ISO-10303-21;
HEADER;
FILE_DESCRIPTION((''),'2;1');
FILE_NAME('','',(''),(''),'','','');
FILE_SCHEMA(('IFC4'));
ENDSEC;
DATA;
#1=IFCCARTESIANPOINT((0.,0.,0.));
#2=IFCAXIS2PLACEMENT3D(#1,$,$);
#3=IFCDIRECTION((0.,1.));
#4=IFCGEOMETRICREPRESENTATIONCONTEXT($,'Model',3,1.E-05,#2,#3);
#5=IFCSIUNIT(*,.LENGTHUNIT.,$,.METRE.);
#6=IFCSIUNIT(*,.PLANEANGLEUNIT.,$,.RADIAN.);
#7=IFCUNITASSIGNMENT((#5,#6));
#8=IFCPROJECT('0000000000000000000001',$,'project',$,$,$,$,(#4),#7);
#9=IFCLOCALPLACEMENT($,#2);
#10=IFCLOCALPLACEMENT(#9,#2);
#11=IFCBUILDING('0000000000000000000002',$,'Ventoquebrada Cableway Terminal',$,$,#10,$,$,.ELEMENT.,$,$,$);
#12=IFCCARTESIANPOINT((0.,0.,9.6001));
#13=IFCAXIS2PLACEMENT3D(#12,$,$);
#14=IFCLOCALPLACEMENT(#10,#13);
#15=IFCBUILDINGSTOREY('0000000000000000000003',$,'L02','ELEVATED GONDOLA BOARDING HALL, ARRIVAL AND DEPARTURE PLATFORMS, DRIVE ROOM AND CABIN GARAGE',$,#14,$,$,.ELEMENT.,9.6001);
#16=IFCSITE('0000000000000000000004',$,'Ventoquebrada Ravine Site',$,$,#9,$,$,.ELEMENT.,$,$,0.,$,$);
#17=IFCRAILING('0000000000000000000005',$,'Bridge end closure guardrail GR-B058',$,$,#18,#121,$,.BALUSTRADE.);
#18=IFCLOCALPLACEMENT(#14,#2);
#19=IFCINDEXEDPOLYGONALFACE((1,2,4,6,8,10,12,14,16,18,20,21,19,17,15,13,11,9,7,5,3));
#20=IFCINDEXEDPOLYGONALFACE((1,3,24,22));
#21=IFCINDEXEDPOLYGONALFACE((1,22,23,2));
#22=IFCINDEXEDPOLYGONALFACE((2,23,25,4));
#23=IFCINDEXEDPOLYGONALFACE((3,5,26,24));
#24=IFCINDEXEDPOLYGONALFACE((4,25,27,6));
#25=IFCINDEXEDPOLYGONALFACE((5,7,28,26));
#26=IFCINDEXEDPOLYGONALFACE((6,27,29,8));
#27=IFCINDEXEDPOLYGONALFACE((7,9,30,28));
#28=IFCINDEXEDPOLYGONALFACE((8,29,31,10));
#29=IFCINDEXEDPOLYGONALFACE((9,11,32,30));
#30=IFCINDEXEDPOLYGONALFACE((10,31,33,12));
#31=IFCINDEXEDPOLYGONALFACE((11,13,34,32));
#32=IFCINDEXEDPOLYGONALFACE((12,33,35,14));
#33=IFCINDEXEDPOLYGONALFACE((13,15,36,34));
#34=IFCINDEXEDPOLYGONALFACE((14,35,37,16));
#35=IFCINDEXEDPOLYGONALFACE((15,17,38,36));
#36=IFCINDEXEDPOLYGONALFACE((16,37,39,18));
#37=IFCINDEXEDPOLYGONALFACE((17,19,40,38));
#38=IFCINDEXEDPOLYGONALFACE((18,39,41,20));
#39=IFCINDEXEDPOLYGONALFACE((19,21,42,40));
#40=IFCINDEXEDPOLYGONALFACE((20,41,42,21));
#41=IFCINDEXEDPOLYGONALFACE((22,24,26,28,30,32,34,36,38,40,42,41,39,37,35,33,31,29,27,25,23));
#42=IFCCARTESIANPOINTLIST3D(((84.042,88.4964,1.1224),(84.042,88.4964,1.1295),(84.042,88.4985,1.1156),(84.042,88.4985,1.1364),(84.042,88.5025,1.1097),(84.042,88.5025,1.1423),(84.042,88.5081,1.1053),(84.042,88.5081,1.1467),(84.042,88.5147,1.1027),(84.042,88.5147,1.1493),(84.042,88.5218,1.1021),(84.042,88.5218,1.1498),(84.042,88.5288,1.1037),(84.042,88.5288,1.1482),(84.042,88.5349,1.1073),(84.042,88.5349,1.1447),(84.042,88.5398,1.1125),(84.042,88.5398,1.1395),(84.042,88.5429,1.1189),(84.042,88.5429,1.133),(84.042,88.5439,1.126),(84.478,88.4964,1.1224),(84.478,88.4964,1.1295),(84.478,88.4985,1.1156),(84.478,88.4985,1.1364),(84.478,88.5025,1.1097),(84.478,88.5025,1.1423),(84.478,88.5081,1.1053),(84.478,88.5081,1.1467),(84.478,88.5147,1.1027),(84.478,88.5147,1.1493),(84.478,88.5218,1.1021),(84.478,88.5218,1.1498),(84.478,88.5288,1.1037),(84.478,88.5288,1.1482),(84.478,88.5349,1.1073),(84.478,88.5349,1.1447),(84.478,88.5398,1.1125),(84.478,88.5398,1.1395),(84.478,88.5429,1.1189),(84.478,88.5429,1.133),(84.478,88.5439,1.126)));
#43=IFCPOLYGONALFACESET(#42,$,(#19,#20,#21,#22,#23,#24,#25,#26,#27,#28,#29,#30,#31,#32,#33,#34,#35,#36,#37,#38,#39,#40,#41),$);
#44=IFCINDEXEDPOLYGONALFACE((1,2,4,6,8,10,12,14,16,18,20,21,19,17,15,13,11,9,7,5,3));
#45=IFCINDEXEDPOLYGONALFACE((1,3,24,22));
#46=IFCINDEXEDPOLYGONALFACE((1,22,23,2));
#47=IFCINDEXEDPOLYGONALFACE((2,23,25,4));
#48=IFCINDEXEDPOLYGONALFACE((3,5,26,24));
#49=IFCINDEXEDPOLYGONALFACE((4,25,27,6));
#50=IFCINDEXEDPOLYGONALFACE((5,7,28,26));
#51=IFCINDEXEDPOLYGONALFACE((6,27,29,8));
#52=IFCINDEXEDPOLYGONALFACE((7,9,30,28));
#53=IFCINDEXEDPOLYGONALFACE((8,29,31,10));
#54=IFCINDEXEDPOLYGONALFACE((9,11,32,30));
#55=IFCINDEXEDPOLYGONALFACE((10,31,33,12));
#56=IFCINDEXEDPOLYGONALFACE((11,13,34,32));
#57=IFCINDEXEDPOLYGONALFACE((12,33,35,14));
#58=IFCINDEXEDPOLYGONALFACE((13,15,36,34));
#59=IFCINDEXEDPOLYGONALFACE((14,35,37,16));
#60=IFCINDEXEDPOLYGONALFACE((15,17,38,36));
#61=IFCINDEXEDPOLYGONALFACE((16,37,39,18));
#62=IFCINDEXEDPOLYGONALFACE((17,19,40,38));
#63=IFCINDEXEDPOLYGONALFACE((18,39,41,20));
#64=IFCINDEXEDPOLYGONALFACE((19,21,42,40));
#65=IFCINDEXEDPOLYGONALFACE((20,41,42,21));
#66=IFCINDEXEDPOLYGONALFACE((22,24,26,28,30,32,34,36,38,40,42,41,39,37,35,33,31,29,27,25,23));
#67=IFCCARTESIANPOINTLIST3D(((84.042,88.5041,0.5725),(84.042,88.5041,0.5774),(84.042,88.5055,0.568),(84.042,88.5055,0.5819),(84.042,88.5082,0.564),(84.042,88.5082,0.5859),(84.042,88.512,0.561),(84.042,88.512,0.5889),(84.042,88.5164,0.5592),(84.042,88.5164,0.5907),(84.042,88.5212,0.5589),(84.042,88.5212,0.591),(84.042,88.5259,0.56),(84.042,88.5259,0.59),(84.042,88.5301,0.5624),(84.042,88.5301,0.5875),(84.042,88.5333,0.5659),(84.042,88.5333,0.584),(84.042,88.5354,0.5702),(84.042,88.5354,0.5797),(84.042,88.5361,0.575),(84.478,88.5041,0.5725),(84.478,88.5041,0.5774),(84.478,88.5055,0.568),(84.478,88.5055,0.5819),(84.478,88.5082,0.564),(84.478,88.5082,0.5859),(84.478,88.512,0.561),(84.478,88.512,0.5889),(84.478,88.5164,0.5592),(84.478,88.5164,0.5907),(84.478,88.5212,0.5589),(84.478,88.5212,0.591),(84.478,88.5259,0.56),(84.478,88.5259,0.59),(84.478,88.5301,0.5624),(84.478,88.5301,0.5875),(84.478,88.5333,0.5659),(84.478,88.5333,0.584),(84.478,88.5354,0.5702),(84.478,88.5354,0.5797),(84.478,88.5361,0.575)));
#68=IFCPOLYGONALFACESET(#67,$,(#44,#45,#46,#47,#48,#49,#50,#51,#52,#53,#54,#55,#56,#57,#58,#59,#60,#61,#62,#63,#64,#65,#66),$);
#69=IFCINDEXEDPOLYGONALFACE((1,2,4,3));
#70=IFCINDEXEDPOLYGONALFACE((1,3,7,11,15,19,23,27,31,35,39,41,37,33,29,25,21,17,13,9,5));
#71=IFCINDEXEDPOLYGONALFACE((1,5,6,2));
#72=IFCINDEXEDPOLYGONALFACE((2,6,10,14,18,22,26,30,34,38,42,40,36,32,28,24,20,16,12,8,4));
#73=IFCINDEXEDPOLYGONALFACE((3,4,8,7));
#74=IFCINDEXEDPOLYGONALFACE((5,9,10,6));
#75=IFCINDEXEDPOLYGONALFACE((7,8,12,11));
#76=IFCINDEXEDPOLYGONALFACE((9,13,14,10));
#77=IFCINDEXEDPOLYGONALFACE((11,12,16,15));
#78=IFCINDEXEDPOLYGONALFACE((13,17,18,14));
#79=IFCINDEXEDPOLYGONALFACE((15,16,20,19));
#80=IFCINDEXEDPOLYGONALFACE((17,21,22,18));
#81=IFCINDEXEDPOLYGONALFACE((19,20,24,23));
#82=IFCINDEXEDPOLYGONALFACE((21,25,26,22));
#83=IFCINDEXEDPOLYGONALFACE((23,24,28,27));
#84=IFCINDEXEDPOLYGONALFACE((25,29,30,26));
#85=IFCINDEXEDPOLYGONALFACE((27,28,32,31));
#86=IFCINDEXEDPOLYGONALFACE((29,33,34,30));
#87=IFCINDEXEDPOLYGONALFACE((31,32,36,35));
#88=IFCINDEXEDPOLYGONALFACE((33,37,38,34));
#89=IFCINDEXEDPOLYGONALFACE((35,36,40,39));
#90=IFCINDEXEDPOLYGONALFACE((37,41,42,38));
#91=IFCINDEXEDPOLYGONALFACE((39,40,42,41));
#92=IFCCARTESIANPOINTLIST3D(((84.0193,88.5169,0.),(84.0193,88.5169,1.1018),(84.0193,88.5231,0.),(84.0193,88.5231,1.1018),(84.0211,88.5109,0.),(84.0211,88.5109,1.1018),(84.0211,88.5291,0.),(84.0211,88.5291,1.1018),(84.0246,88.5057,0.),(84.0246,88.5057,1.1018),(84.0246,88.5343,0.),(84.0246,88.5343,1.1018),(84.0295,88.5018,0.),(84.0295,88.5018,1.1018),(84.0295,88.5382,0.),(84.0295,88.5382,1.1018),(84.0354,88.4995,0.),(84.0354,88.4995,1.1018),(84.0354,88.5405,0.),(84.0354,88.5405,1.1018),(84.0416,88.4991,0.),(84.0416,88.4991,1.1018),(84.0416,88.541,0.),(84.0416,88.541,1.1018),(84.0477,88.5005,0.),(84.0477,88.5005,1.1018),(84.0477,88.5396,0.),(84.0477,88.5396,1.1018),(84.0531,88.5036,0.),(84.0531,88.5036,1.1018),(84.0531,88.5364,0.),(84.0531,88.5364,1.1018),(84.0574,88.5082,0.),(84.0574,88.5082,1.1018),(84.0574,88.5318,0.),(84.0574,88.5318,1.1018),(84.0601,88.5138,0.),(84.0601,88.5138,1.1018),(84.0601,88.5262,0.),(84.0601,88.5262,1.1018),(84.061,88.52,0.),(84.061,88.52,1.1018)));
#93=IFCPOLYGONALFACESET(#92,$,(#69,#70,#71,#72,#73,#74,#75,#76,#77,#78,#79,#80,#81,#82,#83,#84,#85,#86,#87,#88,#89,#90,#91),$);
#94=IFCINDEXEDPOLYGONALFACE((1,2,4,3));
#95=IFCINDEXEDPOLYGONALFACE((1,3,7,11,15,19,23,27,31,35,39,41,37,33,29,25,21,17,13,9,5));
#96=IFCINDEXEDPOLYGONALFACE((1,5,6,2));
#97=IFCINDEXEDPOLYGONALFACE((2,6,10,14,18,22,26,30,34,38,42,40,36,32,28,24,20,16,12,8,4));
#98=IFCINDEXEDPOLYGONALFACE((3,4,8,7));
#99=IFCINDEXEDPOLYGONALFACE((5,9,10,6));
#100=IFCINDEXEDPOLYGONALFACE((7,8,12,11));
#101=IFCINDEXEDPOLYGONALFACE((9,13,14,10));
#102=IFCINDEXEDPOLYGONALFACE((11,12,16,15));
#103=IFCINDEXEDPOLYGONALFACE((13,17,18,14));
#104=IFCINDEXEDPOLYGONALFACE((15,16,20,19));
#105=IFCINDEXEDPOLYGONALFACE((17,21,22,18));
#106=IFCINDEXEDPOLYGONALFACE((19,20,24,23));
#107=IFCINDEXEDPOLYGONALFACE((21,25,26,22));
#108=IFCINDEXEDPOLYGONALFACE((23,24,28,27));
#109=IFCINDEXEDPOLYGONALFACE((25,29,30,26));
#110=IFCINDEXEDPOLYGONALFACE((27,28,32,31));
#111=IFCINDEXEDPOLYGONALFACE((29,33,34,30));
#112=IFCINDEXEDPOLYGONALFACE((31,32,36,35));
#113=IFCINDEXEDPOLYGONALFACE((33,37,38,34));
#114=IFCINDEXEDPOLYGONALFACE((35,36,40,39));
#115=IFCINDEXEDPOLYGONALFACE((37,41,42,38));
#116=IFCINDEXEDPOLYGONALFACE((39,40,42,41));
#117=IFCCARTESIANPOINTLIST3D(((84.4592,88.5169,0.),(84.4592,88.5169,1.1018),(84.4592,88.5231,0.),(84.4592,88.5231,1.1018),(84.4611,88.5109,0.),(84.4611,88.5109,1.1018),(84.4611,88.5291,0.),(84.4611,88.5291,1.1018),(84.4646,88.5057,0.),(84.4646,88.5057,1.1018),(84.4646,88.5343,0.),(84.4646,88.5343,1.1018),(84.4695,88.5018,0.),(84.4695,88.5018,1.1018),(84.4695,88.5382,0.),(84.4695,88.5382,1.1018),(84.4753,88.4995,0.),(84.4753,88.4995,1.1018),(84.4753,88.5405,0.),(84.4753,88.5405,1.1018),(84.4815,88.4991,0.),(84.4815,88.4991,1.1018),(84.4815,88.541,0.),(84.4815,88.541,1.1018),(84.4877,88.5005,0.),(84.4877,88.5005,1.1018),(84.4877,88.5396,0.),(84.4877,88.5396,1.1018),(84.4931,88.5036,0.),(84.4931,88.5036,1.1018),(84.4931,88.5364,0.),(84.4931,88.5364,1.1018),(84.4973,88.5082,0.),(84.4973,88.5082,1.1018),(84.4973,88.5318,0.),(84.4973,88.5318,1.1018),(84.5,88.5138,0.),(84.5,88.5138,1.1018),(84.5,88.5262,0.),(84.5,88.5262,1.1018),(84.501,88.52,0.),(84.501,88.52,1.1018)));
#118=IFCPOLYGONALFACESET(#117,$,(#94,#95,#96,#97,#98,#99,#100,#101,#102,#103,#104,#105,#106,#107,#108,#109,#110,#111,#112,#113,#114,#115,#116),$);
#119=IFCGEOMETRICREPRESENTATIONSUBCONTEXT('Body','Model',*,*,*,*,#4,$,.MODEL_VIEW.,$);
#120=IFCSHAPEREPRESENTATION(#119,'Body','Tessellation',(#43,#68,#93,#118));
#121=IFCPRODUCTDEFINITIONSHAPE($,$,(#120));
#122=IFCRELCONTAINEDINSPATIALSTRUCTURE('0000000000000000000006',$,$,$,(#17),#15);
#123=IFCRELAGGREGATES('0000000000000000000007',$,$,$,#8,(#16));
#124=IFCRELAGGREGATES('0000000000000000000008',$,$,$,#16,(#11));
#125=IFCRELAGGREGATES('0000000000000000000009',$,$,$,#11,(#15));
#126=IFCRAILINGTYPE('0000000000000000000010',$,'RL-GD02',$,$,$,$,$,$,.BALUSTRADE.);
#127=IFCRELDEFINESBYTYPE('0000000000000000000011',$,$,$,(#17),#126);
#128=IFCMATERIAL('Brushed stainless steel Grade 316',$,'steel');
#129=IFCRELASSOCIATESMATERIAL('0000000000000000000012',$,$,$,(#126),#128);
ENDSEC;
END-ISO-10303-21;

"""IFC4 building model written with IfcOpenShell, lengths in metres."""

from ifc_helpers import new_model, si_unit, direction, frame, origin, origin_2d, place, context, subcontext, project, spatial, circle, extrude, material, type_object, element, save


model = new_model("IFC4")

# Units and contexts
model_context = context("Model", 3, precision=1e-05, world=origin(), true_north=direction((0.0, 1.0)))
body_context = subcontext(model_context, "Body", "Model", "MODEL_VIEW")
ifc_project = project(units=[si_unit("LENGTHUNIT", "METRE"), si_unit("PLANEANGLEUNIT", "RADIAN")], contexts=[model_context])

# Site, building, storey
site_placement = place(None, origin())
site = spatial("IfcSite", under=ifc_project, at=site_placement, Name="Ventoquebrada Ravine Site", CompositionType="ELEMENT", RefElevation=0.0)
building_placement = place(site_placement, origin())
building = spatial("IfcBuilding", under=site, at=building_placement, Name="Ventoquebrada Cableway Terminal", CompositionType="ELEMENT")
storey_placement = place(building_placement, frame((0.0, 0.0, 9.6001)))
storey = spatial("IfcBuildingStorey", under=building, at=storey_placement, Name="L02", Description="ELEVATED GONDOLA BOARDING HALL, ARRIVAL AND DEPARTURE PLATFORMS, DRIVE ROOM AND CABIN GARAGE", CompositionType="ELEMENT", Elevation=9.6001)

# Railing
ifc_material_1 = material(Name="Brushed stainless steel Grade 316", Category="steel")
railing_type = type_object("IfcRailingType", Name="RL-GD02", PredefinedType="BALUSTRADE", material=ifc_material_1)
for number, where, name in (
    (1, (84.04, 88.52, 0.0), "Bridge end closure guardrail GR-B058"),
):
    element("IfcRailing", number, at=place(storey_placement, frame(where)), inside=storey, type_object=railing_type, Name=name, PredefinedType="BALUSTRADE", context=body_context, shape_type="SweptSolid", body=[
        extrude(circle(Radius=0.0239, at=origin_2d()), frame((0.002, 0.0, 1.126), z_axis=(1.0, 0.0, 0.0), x_axis=(0.0, 1.0, 0.0)), (0.0, 0.0, 1.0), 0.436),
        extrude(circle(Radius=0.0161, at=origin_2d()), frame((0.002, 0.0, 0.575), z_axis=(1.0, 0.0, 0.0), x_axis=(0.0, 1.0, 0.0)), (0.0, 0.0, 1.0), 0.436),
        extrude(circle(Radius=0.021, at=origin_2d()), origin(), (0.0, 0.0, 1.0), 1.1018),
        extrude(circle(Radius=0.021, at=origin_2d()), frame((0.4399, 0.0, 0.0)), (0.0, 0.0, 1.0), 1.1018),
    ])

save(model, "model.ifc")
